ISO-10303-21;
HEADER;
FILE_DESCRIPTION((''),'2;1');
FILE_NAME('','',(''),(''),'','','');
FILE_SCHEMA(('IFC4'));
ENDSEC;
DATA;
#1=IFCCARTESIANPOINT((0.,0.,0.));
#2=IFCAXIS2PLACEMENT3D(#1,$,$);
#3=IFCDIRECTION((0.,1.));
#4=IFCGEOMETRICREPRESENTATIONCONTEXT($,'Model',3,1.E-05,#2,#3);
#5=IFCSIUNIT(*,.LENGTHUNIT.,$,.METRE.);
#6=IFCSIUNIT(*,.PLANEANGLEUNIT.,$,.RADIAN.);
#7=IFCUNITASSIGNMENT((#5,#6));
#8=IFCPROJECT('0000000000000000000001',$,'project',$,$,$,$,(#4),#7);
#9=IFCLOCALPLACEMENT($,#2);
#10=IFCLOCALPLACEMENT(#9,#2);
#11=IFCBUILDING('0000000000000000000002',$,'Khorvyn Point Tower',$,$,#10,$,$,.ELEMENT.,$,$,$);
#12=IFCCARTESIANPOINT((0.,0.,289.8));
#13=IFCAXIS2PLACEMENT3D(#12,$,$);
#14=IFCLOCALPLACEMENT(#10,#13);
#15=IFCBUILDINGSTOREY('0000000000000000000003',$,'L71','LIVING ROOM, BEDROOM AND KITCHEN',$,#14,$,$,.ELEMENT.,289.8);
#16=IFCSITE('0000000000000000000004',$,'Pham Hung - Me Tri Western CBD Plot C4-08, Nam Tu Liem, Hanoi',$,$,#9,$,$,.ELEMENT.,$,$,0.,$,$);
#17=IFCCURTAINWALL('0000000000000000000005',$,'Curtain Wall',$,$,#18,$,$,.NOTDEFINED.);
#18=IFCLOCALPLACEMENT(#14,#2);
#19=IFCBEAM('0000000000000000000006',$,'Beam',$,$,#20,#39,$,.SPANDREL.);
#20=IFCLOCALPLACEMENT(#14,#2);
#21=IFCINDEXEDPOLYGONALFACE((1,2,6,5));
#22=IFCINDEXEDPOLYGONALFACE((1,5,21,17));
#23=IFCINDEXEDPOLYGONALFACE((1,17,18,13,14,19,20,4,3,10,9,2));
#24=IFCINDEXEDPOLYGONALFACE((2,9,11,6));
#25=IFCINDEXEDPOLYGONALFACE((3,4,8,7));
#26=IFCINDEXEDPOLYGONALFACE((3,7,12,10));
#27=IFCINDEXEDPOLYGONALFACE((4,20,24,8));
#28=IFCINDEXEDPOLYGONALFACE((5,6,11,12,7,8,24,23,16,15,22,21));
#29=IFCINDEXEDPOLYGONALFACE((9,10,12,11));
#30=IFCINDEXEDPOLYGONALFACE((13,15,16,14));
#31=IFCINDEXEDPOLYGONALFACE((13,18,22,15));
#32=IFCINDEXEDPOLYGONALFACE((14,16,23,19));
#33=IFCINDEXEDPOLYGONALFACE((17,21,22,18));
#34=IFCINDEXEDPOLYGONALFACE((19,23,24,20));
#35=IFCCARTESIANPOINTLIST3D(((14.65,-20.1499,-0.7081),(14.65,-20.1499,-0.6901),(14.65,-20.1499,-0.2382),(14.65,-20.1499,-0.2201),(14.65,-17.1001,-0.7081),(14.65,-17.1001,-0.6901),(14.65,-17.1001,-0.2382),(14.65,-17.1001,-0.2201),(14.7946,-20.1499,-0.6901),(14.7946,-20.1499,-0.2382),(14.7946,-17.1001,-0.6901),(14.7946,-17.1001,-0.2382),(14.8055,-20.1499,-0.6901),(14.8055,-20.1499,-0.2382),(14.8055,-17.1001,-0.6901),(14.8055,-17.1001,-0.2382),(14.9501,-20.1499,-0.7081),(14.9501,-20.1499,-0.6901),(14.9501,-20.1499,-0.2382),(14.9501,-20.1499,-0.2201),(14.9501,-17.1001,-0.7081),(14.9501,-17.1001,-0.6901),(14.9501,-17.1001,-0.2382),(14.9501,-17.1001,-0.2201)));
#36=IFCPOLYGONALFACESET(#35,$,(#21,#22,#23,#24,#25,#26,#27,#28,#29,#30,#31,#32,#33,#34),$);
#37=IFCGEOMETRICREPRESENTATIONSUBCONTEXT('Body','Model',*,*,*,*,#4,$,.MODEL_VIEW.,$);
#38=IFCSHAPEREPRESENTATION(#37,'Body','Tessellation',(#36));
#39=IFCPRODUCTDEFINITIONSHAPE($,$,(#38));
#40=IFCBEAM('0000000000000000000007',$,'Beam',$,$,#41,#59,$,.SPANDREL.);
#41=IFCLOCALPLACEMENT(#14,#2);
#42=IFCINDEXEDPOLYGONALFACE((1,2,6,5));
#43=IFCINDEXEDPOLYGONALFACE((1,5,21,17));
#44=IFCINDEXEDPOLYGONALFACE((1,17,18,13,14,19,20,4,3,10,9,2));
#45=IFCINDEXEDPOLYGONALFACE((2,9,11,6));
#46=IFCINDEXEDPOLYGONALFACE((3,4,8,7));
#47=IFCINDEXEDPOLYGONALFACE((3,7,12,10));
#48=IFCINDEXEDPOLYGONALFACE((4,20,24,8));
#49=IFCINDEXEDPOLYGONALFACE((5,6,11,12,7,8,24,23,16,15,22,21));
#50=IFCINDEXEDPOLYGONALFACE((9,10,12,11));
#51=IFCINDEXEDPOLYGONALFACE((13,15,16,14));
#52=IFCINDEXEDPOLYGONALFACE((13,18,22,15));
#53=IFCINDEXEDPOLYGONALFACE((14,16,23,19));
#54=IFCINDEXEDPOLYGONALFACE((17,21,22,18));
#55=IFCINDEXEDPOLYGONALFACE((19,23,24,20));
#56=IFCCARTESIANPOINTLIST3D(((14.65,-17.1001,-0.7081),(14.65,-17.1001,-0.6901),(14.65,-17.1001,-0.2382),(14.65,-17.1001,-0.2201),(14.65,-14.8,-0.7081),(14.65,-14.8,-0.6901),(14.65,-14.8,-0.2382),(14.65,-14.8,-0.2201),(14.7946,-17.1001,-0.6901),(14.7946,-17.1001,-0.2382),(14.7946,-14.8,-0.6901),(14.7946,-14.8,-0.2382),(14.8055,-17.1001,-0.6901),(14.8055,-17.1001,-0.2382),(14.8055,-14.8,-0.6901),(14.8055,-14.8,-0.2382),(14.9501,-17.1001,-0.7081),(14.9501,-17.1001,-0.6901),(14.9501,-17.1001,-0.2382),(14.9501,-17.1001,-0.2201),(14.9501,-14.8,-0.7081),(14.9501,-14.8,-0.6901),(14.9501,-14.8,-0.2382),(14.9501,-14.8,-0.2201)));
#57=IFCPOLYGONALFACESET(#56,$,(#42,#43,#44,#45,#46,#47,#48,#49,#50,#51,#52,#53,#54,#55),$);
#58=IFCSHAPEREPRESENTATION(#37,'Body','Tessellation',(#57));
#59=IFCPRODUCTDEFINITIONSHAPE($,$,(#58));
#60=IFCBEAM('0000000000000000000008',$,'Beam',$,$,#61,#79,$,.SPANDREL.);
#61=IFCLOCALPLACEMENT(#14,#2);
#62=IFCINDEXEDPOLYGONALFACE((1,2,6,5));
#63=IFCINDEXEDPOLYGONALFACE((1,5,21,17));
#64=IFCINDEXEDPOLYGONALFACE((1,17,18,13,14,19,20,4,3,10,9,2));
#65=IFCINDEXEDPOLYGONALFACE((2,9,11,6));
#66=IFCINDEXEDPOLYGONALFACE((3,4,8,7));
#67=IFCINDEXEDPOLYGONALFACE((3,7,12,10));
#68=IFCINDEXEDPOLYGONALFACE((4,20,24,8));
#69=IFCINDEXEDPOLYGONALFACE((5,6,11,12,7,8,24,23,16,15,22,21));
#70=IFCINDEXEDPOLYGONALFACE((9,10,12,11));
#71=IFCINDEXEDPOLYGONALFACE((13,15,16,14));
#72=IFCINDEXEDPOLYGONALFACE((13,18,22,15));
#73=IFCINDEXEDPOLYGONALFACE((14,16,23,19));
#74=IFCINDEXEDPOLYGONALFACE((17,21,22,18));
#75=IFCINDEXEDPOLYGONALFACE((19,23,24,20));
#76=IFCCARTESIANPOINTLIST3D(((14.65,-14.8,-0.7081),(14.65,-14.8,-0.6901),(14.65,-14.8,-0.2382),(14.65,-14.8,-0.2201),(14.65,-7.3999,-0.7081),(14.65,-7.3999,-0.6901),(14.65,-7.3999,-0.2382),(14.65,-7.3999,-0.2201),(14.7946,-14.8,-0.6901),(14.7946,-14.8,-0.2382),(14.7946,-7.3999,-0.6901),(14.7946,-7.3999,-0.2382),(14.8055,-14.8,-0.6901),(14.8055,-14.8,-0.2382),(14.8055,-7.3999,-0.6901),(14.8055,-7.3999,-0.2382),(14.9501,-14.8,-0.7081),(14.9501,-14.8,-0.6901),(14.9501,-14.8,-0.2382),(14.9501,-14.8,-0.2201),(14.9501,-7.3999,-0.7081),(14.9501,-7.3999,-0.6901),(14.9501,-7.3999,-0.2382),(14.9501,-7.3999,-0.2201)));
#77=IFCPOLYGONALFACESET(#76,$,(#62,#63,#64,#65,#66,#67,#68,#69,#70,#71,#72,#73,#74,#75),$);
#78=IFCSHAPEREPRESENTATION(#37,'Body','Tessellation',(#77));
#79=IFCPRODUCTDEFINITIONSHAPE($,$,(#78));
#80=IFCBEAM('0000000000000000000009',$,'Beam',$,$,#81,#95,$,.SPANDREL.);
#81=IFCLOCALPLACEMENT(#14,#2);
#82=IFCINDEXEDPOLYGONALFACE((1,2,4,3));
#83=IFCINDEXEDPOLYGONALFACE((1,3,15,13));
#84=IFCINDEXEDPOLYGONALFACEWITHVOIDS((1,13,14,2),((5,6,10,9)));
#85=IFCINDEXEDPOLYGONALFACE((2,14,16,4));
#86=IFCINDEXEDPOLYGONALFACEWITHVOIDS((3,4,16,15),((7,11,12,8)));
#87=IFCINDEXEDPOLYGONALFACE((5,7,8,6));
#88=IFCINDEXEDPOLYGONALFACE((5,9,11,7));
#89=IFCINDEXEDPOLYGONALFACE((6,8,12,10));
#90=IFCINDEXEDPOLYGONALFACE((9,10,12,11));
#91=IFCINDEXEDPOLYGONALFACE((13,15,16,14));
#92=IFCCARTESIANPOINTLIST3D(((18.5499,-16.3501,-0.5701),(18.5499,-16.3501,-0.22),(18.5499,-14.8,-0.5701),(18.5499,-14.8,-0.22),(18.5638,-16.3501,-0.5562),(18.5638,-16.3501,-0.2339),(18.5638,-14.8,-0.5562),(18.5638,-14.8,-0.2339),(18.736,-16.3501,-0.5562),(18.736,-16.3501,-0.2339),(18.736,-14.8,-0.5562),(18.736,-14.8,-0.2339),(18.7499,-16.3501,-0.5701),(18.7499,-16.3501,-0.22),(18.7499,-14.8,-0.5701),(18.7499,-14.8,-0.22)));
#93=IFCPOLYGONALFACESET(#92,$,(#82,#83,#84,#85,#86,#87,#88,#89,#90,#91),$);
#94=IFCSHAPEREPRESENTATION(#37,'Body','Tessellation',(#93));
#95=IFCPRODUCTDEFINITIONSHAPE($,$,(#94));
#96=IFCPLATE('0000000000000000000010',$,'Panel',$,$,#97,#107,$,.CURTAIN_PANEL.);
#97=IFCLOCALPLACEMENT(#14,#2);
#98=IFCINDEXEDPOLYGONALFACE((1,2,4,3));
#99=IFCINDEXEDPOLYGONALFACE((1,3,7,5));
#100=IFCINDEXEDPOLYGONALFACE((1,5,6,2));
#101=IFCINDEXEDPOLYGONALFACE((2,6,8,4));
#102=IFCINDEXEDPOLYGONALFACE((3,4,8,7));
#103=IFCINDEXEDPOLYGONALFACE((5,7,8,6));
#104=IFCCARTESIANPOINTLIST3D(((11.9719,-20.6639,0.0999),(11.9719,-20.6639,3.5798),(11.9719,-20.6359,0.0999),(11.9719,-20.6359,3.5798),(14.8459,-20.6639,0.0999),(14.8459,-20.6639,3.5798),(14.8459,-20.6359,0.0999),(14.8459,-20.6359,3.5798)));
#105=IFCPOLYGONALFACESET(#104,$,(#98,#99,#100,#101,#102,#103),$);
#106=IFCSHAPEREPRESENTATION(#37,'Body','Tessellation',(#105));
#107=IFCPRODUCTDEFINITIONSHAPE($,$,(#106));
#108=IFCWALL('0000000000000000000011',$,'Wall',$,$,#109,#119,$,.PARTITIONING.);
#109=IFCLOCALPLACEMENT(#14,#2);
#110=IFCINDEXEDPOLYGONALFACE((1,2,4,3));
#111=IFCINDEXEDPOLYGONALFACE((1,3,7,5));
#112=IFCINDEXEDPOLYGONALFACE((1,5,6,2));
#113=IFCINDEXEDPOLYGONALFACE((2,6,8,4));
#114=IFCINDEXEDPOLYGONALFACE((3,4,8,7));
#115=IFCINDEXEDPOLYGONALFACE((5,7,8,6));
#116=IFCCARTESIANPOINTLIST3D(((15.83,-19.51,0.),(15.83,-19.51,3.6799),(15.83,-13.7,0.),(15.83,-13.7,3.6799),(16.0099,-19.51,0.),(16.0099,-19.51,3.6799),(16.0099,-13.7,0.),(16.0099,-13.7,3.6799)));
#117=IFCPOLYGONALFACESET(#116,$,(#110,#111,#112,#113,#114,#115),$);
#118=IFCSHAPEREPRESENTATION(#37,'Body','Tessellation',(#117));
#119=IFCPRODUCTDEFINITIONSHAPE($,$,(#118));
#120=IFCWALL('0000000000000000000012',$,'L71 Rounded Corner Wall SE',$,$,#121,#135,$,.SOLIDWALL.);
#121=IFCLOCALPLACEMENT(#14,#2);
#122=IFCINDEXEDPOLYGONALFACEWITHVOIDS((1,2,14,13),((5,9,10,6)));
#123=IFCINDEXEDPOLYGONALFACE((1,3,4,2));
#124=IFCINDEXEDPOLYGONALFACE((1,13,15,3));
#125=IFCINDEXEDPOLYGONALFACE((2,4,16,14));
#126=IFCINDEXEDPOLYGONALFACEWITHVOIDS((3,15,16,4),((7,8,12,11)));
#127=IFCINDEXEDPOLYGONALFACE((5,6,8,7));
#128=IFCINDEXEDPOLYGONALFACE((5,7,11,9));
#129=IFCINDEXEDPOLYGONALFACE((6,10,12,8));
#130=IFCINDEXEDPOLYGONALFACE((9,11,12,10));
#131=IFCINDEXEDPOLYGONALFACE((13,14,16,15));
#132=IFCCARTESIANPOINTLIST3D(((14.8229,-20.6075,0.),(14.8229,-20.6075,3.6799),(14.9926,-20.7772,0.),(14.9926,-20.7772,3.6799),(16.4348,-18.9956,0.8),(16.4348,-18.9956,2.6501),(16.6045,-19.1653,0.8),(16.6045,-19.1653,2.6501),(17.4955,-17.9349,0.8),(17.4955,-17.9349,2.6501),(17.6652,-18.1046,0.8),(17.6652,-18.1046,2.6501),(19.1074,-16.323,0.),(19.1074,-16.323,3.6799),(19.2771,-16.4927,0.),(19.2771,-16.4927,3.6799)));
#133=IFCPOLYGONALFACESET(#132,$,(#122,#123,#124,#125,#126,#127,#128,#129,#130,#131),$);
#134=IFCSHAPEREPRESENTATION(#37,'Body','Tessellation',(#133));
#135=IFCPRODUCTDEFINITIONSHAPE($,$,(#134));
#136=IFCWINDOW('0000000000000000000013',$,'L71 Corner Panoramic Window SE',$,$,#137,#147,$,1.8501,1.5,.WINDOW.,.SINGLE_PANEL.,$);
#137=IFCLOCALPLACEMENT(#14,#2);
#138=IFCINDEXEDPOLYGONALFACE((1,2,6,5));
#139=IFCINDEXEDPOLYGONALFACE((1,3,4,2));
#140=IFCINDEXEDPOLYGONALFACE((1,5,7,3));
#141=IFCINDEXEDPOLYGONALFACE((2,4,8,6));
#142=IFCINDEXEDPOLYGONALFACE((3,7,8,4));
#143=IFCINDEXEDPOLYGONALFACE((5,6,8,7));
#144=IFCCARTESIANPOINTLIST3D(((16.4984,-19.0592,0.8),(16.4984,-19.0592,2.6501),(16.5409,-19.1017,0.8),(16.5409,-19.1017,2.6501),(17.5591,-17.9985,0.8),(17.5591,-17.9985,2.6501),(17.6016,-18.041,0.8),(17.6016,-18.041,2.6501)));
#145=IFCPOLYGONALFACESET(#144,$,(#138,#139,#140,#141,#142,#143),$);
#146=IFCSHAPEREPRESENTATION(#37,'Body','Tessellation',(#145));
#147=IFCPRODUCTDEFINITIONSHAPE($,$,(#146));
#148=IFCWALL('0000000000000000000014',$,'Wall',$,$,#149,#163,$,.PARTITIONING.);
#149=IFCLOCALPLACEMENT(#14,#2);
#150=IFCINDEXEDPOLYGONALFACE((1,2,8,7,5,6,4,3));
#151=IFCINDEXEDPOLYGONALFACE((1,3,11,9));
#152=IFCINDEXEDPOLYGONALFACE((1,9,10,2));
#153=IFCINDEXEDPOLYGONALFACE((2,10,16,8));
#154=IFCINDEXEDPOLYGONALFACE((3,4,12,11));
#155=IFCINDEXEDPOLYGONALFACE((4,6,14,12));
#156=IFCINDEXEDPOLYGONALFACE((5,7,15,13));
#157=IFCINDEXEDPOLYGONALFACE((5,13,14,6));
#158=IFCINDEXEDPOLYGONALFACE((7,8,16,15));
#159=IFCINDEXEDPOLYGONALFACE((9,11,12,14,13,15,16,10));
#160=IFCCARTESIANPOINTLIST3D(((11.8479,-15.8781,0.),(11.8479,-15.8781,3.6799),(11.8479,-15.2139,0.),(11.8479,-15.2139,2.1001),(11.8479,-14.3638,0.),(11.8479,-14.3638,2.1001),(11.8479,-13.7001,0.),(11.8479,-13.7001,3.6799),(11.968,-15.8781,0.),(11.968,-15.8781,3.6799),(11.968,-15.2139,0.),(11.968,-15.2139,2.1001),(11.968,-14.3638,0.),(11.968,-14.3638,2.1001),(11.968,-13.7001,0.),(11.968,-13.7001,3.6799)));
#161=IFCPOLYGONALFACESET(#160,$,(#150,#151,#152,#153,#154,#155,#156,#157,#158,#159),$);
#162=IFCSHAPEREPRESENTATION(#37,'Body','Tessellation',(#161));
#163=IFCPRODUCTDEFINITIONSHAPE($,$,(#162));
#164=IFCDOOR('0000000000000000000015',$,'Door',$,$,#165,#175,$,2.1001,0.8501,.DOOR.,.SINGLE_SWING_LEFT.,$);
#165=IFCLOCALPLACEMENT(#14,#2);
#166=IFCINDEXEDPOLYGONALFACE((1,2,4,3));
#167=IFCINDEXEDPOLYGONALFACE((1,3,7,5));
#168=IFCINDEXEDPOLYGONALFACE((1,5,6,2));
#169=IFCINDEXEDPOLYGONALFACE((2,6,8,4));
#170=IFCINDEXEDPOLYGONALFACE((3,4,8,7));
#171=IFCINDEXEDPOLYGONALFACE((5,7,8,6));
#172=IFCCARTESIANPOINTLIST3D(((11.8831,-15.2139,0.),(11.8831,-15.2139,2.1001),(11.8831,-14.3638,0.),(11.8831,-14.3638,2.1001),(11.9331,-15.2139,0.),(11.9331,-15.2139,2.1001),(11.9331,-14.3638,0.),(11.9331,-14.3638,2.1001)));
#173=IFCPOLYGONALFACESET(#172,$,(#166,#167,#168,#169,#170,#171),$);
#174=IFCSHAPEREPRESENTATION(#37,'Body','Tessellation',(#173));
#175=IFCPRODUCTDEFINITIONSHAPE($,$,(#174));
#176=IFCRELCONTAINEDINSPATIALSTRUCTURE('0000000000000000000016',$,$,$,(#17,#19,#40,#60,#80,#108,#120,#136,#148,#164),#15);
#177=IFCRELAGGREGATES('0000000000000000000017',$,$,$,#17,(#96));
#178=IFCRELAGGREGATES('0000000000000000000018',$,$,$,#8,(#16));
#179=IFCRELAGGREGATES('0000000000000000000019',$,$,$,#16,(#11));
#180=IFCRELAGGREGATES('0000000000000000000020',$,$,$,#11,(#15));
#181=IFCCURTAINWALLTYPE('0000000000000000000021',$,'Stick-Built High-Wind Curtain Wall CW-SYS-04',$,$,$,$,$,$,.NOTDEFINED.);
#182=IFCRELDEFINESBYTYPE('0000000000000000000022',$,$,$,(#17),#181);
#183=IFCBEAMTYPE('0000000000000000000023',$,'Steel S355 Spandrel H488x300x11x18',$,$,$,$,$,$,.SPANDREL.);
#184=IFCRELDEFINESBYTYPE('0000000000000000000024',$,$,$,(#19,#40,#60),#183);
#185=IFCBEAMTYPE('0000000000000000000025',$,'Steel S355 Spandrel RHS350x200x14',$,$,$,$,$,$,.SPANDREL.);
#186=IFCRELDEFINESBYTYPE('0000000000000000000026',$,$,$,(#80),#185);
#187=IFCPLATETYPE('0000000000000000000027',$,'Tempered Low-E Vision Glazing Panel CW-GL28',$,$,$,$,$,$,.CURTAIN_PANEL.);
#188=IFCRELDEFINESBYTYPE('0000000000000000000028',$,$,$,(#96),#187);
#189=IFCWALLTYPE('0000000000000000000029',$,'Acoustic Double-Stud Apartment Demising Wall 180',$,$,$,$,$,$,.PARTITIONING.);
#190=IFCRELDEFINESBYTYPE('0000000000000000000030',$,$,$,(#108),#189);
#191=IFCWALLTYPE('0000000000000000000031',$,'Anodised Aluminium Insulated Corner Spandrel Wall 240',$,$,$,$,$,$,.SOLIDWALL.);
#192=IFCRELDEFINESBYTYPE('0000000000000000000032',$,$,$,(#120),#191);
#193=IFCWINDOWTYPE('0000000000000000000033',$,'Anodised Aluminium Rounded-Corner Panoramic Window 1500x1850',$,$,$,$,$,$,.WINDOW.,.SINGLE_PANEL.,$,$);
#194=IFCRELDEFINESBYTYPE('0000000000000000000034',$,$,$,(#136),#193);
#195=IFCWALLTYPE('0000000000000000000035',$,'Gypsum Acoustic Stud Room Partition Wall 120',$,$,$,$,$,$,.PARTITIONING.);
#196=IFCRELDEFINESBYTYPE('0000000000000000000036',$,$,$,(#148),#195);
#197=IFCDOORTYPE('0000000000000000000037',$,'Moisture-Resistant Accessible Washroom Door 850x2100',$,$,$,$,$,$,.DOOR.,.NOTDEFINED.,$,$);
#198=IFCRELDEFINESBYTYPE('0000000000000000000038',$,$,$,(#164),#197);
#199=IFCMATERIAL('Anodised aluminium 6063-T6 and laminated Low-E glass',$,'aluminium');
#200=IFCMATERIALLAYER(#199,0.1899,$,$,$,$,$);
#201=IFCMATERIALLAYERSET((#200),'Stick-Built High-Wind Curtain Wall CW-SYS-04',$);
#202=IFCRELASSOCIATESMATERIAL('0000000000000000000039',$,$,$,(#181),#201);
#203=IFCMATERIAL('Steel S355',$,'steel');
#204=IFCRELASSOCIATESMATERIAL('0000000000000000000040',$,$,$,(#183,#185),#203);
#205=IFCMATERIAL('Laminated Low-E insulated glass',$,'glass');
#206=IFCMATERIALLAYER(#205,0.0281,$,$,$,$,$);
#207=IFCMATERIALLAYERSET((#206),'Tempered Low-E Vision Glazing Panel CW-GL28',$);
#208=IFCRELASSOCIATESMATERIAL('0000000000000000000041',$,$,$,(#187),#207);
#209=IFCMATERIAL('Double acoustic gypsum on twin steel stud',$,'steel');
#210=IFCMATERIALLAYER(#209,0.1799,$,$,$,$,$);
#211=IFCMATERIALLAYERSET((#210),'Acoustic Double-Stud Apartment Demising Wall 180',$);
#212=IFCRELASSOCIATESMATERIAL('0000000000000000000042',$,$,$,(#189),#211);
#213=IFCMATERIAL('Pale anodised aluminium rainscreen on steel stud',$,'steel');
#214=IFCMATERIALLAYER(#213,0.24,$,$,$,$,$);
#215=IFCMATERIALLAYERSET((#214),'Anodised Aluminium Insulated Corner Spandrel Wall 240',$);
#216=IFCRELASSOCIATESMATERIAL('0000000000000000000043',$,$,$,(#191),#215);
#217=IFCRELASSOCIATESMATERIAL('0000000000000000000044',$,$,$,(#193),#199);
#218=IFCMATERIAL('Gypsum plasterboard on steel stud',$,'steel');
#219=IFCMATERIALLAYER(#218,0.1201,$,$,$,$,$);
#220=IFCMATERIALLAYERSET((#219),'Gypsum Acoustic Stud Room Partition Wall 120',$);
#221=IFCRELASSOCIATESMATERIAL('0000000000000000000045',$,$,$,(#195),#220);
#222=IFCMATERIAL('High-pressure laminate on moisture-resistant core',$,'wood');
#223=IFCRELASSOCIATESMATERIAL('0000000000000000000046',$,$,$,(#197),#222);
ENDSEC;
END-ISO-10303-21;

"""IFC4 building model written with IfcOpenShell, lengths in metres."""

from ifc_helpers import new_model, si_unit, direction, frame, frame_2d, origin, origin_2d, place, context, subcontext, project, spatial, rectangle, hollow_rectangle, i_section, extrude, material, layer, layer_set, material_profile, profile_set, type_object, element, fill, aggregate, save


model = new_model("IFC4")

# Units and contexts
model_context = context("Model", 3, precision=1e-05, world=origin(), true_north=direction((0.0, 1.0)))
body_context = subcontext(model_context, "Body", "Model", "MODEL_VIEW")
ifc_project = project(units=[si_unit("LENGTHUNIT", "METRE"), si_unit("PLANEANGLEUNIT", "RADIAN")], contexts=[model_context])

# Site, building, storey
site_placement = place(None, origin())
site = spatial("IfcSite", under=ifc_project, at=site_placement, Name="Pham Hung - Me Tri Western CBD Plot C4-08, Nam Tu Liem, Hanoi", CompositionType="ELEMENT", RefElevation=0.0)
building_placement = place(site_placement, origin())
building = spatial("IfcBuilding", under=site, at=building_placement, Name="Khorvyn Point Tower", CompositionType="ELEMENT")
storey_placement = place(building_placement, frame((0.0, 0.0, 289.8)))
storey = spatial("IfcBuildingStorey", under=building, at=storey_placement, Name="L71", Description="LIVING ROOM, BEDROOM AND KITCHEN", CompositionType="ELEMENT", Elevation=289.8)

# Shared definitions
ifc_material_1 = material(Name="Steel S355", Category="steel")

# Curtain wall
ifc_material_2 = material(Name="Anodised aluminium 6063-T6 and laminated Low-E glass", Category="aluminium")
ifc_layer_1 = layer(ifc_material_2, 0.1899)
ifc_layer_set_1 = layer_set([ifc_layer_1], Name="Stick-Built High-Wind Curtain Wall CW-SYS-04")
curtain_wall_type = type_object("IfcCurtainWallType", Name="Stick-Built High-Wind Curtain Wall CW-SYS-04", PredefinedType="NOTDEFINED", material=ifc_layer_set_1)
curtain_wall_1_placement = place(storey_placement, origin())
curtain_wall_1 = element("IfcCurtainWall", 1, at=curtain_wall_1_placement, inside=storey, type_object=curtain_wall_type, Name="Curtain Wall", PredefinedType="NOTDEFINED")

# Beams
ifc_material_profile_1 = material_profile(ifc_material_1, i_section(OverallWidth=0.3, OverallDepth=0.488, WebThickness=0.011, FlangeThickness=0.0181, at=origin_2d()))
ifc_profile_set_1 = profile_set([ifc_material_profile_1], Name="Steel S355 H488x300x11x18")
beam_type_1 = type_object("IfcBeamType", Name="Steel S355 Spandrel H488x300x11x18", PredefinedType="SPANDREL", material=ifc_profile_set_1)
beam_1_placement = place(storey_placement, frame((14.8, -20.1499, -0.4641), z_axis=(0.0, 1.0, 0.0), x_axis=(-1.0, 0.0, 0.0)))
element("IfcBeam", 2, at=beam_1_placement, inside=storey, type_object=beam_type_1, Name="Beam", PredefinedType="SPANDREL", context=body_context, shape_type="SweptSolid", body=[
    extrude(i_section(OverallWidth=0.3, OverallDepth=0.488, WebThickness=0.011, FlangeThickness=0.0181, at=origin_2d()), origin(), (0.0, 0.0, 1.0), 3.0498),
])
beam_2_placement = place(storey_placement, frame((14.8, -17.1001, -0.4641), z_axis=(0.0, 1.0, 0.0), x_axis=(-1.0, 0.0, 0.0)))
element("IfcBeam", 3, at=beam_2_placement, inside=storey, type_object=beam_type_1, Name="Beam", PredefinedType="SPANDREL", context=body_context, shape_type="SweptSolid", body=[
    extrude(i_section(OverallWidth=0.3, OverallDepth=0.488, WebThickness=0.011, FlangeThickness=0.0181, at=origin_2d()), origin(), (0.0, 0.0, 1.0), 2.3),
])
beam_3_placement = place(storey_placement, frame((14.8, -14.8, -0.4641), z_axis=(0.0, 1.0, 0.0), x_axis=(-1.0, 0.0, 0.0)))
element("IfcBeam", 4, at=beam_3_placement, inside=storey, type_object=beam_type_1, Name="Beam", PredefinedType="SPANDREL", context=body_context, shape_type="SweptSolid", body=[
    extrude(i_section(OverallWidth=0.3, OverallDepth=0.488, WebThickness=0.011, FlangeThickness=0.0181, at=origin_2d()), origin(), (0.0, 0.0, 1.0), 7.4001),
])
ifc_material_profile_2 = material_profile(ifc_material_1, hollow_rectangle(XDim=0.2, YDim=0.3501, WallThickness=0.0139, at=origin_2d()))
ifc_profile_set_2 = profile_set([ifc_material_profile_2], Name="Steel S355 RHS350x200x14")
beam_type_2 = type_object("IfcBeamType", Name="Steel S355 Spandrel RHS350x200x14", PredefinedType="SPANDREL", material=ifc_profile_set_2)
beam_4_placement = place(storey_placement, frame((18.6499, -16.3501, -0.395), z_axis=(0.0, 1.0, 0.0), x_axis=(-1.0, 0.0, 0.0)))
element("IfcBeam", 5, at=beam_4_placement, inside=storey, type_object=beam_type_2, Name="Beam", PredefinedType="SPANDREL", context=body_context, shape_type="SweptSolid", body=[
    extrude(hollow_rectangle(XDim=0.2, YDim=0.3501, WallThickness=0.0139, at=origin_2d()), origin(), (0.0, 0.0, 1.0), 1.55),
])

# Plate
ifc_material_3 = material(Name="Laminated Low-E insulated glass", Category="glass")
ifc_layer_2 = layer(ifc_material_3, 0.0281)
ifc_layer_set_2 = layer_set([ifc_layer_2], Name="Tempered Low-E Vision Glazing Panel CW-GL28")
plate_type = type_object("IfcPlateType", Name="Tempered Low-E Vision Glazing Panel CW-GL28", PredefinedType="CURTAIN_PANEL", material=ifc_layer_set_2)
plate_placement = place(storey_placement, frame((13.4089, -20.6499, 0.0999), z_axis=(0.0, 0.0, 1.0), x_axis=(-1.0, 0.0, 0.0)))
plate = element("IfcPlate", 6, at=plate_placement, type_object=plate_type, Name="Panel", PredefinedType="CURTAIN_PANEL", context=body_context, shape_type="SweptSolid", body=[
    extrude(rectangle(XDim=2.874, YDim=0.0281, at=origin_2d()), origin(), (0.0, 0.0, 1.0), 3.48),
])
aggregate(curtain_wall_1, [plate])

# Wall
ifc_material_4 = material(Name="Double acoustic gypsum on twin steel stud", Category="steel")
ifc_layer_3 = layer(ifc_material_4, 0.1799)
ifc_layer_set_3 = layer_set([ifc_layer_3], Name="Acoustic Double-Stud Apartment Demising Wall 180")
wall_type_1 = type_object("IfcWallType", Name="Acoustic Double-Stud Apartment Demising Wall 180", PredefinedType="PARTITIONING", material=ifc_layer_set_3)
wall_1_placement = place(storey_placement, frame((15.9199, -19.51, 0.0), z_axis=(0.0, 0.0, 1.0), x_axis=(0.0, 1.0, 0.0)))
element("IfcWall", 7, at=wall_1_placement, inside=storey, type_object=wall_type_1, Name="Wall", PredefinedType="PARTITIONING", context=body_context, shape_type="SweptSolid", body=[
    extrude(rectangle(XDim=5.8101, YDim=0.1799, at=frame_2d((2.905, 0.0))), origin(), (0.0, 0.0, 1.0), 3.6799),
])

# Wall, opening, window
ifc_material_5 = material(Name="Pale anodised aluminium rainscreen on steel stud", Category="steel")
ifc_layer_4 = layer(ifc_material_5, 0.24)
ifc_layer_set_4 = layer_set([ifc_layer_4], Name="Anodised Aluminium Insulated Corner Spandrel Wall 240")
wall_type_2 = type_object("IfcWallType", Name="Anodised Aluminium Insulated Corner Spandrel Wall 240", PredefinedType="SOLIDWALL", material=ifc_layer_set_4)
wall_2_placement = place(storey_placement, frame((19.1924, -16.4077, 0.0), z_axis=(0.0, 0.0, 1.0), x_axis=(-0.707107, -0.707107, 0.0)))
wall_2 = element("IfcWall", 8, at=wall_2_placement, inside=storey, type_object=wall_type_2, Name="L71 Rounded Corner Wall SE", PredefinedType="SOLIDWALL", context=body_context, shape_type="SweptSolid", body=[
    extrude(rectangle(XDim=6.0593, YDim=0.24, at=frame_2d((3.0298, 0.0))), origin(), (0.0, 0.0, 1.0), 3.6799),
])
opening_1_placement = place(wall_2_placement, frame((2.2798, 0.0, 0.8)))
opening_1 = element("IfcOpeningElement", 9, at=opening_1_placement, cuts=wall_2, PredefinedType="OPENING", context=body_context, shape_type="SweptSolid", body=[
    extrude(rectangle(XDim=1.5, YDim=1.8501, at=frame_2d((0.75, 0.925))), frame((0.0, 0.1299, 0.0), z_axis=(0.0, -1.0, 0.0), x_axis=(1.0, 0.0, 0.0)), (0.0, 0.0, 1.0), 0.26),
])
window_type = type_object("IfcWindowType", Name="Anodised Aluminium Rounded-Corner Panoramic Window 1500x1850", PartitioningType="SINGLE_PANEL", PredefinedType="WINDOW", material=ifc_material_2)
window_placement = place(opening_1_placement, origin())
window = element("IfcWindow", 10, at=window_placement, inside=storey, type_object=window_type, Name="L71 Corner Panoramic Window SE", OverallHeight=1.8501, OverallWidth=1.5, PartitioningType="SINGLE_PANEL", PredefinedType="WINDOW", context=body_context, shape_type="SweptSolid", body=[
    extrude(rectangle(XDim=1.5, YDim=1.8501, at=frame_2d((0.75, 0.925))), frame((0.0, 0.03, 0.0), z_axis=(0.0, -1.0, 0.0), x_axis=(1.0, 0.0, 0.0)), (0.0, 0.0, 1.0), 0.0601),
])
fill(opening_1, window)

# Wall, opening, door
ifc_material_6 = material(Name="Gypsum plasterboard on steel stud", Category="steel")
ifc_layer_5 = layer(ifc_material_6, 0.1201)
ifc_layer_set_5 = layer_set([ifc_layer_5], Name="Gypsum Acoustic Stud Room Partition Wall 120")
wall_type_3 = type_object("IfcWallType", Name="Gypsum Acoustic Stud Room Partition Wall 120", PredefinedType="PARTITIONING", material=ifc_layer_set_5)
wall_3_placement = place(storey_placement, frame((11.908, -15.8779, 0.0), z_axis=(0.0, 0.0, 1.0), x_axis=(0.0, 1.0, 0.0)))
wall_3 = element("IfcWall", 11, at=wall_3_placement, inside=storey, type_object=wall_type_3, Name="Wall", PredefinedType="PARTITIONING", context=body_context, shape_type="SweptSolid", body=[
    extrude(rectangle(XDim=2.178, YDim=0.1201, at=frame_2d((1.0889, 0.0))), origin(), (0.0, 0.0, 1.0), 3.6799),
])
opening_2_placement = place(wall_3_placement, frame((0.6641, 0.0, 0.0)))
opening_2 = element("IfcOpeningElement", 12, at=opening_2_placement, cuts=wall_3, PredefinedType="OPENING", context=body_context, shape_type="SweptSolid", body=[
    extrude(rectangle(XDim=0.8501, YDim=2.1001, at=frame_2d((0.425, 1.05))), frame((0.0, 0.0701, 0.0), z_axis=(0.0, -1.0, 0.0), x_axis=(1.0, 0.0, 0.0)), (0.0, 0.0, 1.0), 0.1401),
])
ifc_material_7 = material(Name="High-pressure laminate on moisture-resistant core", Category="wood")
door_type_1 = type_object("IfcDoorType", Name="Moisture-Resistant Accessible Washroom Door 850x2100", OperationType="NOTDEFINED", PredefinedType="DOOR", material=ifc_material_7)
door_1_placement = place(opening_2_placement, origin())
door_1 = element("IfcDoor", 13, at=door_1_placement, inside=storey, type_object=door_type_1, Name="Door", OperationType="SINGLE_SWING_LEFT", OverallHeight=2.1001, OverallWidth=0.8501, PredefinedType="DOOR", context=body_context, shape_type="SweptSolid", body=[
    extrude(rectangle(XDim=0.8501, YDim=2.1001, at=frame_2d((0.425, 1.05))), frame((0.0, 0.0249, 0.0), z_axis=(0.0, -1.0, 0.0), x_axis=(1.0, 0.0, 0.0)), (0.0, 0.0, 1.0), 0.05),
])
fill(opening_2, door_1)

save(model, "model.ifc")
